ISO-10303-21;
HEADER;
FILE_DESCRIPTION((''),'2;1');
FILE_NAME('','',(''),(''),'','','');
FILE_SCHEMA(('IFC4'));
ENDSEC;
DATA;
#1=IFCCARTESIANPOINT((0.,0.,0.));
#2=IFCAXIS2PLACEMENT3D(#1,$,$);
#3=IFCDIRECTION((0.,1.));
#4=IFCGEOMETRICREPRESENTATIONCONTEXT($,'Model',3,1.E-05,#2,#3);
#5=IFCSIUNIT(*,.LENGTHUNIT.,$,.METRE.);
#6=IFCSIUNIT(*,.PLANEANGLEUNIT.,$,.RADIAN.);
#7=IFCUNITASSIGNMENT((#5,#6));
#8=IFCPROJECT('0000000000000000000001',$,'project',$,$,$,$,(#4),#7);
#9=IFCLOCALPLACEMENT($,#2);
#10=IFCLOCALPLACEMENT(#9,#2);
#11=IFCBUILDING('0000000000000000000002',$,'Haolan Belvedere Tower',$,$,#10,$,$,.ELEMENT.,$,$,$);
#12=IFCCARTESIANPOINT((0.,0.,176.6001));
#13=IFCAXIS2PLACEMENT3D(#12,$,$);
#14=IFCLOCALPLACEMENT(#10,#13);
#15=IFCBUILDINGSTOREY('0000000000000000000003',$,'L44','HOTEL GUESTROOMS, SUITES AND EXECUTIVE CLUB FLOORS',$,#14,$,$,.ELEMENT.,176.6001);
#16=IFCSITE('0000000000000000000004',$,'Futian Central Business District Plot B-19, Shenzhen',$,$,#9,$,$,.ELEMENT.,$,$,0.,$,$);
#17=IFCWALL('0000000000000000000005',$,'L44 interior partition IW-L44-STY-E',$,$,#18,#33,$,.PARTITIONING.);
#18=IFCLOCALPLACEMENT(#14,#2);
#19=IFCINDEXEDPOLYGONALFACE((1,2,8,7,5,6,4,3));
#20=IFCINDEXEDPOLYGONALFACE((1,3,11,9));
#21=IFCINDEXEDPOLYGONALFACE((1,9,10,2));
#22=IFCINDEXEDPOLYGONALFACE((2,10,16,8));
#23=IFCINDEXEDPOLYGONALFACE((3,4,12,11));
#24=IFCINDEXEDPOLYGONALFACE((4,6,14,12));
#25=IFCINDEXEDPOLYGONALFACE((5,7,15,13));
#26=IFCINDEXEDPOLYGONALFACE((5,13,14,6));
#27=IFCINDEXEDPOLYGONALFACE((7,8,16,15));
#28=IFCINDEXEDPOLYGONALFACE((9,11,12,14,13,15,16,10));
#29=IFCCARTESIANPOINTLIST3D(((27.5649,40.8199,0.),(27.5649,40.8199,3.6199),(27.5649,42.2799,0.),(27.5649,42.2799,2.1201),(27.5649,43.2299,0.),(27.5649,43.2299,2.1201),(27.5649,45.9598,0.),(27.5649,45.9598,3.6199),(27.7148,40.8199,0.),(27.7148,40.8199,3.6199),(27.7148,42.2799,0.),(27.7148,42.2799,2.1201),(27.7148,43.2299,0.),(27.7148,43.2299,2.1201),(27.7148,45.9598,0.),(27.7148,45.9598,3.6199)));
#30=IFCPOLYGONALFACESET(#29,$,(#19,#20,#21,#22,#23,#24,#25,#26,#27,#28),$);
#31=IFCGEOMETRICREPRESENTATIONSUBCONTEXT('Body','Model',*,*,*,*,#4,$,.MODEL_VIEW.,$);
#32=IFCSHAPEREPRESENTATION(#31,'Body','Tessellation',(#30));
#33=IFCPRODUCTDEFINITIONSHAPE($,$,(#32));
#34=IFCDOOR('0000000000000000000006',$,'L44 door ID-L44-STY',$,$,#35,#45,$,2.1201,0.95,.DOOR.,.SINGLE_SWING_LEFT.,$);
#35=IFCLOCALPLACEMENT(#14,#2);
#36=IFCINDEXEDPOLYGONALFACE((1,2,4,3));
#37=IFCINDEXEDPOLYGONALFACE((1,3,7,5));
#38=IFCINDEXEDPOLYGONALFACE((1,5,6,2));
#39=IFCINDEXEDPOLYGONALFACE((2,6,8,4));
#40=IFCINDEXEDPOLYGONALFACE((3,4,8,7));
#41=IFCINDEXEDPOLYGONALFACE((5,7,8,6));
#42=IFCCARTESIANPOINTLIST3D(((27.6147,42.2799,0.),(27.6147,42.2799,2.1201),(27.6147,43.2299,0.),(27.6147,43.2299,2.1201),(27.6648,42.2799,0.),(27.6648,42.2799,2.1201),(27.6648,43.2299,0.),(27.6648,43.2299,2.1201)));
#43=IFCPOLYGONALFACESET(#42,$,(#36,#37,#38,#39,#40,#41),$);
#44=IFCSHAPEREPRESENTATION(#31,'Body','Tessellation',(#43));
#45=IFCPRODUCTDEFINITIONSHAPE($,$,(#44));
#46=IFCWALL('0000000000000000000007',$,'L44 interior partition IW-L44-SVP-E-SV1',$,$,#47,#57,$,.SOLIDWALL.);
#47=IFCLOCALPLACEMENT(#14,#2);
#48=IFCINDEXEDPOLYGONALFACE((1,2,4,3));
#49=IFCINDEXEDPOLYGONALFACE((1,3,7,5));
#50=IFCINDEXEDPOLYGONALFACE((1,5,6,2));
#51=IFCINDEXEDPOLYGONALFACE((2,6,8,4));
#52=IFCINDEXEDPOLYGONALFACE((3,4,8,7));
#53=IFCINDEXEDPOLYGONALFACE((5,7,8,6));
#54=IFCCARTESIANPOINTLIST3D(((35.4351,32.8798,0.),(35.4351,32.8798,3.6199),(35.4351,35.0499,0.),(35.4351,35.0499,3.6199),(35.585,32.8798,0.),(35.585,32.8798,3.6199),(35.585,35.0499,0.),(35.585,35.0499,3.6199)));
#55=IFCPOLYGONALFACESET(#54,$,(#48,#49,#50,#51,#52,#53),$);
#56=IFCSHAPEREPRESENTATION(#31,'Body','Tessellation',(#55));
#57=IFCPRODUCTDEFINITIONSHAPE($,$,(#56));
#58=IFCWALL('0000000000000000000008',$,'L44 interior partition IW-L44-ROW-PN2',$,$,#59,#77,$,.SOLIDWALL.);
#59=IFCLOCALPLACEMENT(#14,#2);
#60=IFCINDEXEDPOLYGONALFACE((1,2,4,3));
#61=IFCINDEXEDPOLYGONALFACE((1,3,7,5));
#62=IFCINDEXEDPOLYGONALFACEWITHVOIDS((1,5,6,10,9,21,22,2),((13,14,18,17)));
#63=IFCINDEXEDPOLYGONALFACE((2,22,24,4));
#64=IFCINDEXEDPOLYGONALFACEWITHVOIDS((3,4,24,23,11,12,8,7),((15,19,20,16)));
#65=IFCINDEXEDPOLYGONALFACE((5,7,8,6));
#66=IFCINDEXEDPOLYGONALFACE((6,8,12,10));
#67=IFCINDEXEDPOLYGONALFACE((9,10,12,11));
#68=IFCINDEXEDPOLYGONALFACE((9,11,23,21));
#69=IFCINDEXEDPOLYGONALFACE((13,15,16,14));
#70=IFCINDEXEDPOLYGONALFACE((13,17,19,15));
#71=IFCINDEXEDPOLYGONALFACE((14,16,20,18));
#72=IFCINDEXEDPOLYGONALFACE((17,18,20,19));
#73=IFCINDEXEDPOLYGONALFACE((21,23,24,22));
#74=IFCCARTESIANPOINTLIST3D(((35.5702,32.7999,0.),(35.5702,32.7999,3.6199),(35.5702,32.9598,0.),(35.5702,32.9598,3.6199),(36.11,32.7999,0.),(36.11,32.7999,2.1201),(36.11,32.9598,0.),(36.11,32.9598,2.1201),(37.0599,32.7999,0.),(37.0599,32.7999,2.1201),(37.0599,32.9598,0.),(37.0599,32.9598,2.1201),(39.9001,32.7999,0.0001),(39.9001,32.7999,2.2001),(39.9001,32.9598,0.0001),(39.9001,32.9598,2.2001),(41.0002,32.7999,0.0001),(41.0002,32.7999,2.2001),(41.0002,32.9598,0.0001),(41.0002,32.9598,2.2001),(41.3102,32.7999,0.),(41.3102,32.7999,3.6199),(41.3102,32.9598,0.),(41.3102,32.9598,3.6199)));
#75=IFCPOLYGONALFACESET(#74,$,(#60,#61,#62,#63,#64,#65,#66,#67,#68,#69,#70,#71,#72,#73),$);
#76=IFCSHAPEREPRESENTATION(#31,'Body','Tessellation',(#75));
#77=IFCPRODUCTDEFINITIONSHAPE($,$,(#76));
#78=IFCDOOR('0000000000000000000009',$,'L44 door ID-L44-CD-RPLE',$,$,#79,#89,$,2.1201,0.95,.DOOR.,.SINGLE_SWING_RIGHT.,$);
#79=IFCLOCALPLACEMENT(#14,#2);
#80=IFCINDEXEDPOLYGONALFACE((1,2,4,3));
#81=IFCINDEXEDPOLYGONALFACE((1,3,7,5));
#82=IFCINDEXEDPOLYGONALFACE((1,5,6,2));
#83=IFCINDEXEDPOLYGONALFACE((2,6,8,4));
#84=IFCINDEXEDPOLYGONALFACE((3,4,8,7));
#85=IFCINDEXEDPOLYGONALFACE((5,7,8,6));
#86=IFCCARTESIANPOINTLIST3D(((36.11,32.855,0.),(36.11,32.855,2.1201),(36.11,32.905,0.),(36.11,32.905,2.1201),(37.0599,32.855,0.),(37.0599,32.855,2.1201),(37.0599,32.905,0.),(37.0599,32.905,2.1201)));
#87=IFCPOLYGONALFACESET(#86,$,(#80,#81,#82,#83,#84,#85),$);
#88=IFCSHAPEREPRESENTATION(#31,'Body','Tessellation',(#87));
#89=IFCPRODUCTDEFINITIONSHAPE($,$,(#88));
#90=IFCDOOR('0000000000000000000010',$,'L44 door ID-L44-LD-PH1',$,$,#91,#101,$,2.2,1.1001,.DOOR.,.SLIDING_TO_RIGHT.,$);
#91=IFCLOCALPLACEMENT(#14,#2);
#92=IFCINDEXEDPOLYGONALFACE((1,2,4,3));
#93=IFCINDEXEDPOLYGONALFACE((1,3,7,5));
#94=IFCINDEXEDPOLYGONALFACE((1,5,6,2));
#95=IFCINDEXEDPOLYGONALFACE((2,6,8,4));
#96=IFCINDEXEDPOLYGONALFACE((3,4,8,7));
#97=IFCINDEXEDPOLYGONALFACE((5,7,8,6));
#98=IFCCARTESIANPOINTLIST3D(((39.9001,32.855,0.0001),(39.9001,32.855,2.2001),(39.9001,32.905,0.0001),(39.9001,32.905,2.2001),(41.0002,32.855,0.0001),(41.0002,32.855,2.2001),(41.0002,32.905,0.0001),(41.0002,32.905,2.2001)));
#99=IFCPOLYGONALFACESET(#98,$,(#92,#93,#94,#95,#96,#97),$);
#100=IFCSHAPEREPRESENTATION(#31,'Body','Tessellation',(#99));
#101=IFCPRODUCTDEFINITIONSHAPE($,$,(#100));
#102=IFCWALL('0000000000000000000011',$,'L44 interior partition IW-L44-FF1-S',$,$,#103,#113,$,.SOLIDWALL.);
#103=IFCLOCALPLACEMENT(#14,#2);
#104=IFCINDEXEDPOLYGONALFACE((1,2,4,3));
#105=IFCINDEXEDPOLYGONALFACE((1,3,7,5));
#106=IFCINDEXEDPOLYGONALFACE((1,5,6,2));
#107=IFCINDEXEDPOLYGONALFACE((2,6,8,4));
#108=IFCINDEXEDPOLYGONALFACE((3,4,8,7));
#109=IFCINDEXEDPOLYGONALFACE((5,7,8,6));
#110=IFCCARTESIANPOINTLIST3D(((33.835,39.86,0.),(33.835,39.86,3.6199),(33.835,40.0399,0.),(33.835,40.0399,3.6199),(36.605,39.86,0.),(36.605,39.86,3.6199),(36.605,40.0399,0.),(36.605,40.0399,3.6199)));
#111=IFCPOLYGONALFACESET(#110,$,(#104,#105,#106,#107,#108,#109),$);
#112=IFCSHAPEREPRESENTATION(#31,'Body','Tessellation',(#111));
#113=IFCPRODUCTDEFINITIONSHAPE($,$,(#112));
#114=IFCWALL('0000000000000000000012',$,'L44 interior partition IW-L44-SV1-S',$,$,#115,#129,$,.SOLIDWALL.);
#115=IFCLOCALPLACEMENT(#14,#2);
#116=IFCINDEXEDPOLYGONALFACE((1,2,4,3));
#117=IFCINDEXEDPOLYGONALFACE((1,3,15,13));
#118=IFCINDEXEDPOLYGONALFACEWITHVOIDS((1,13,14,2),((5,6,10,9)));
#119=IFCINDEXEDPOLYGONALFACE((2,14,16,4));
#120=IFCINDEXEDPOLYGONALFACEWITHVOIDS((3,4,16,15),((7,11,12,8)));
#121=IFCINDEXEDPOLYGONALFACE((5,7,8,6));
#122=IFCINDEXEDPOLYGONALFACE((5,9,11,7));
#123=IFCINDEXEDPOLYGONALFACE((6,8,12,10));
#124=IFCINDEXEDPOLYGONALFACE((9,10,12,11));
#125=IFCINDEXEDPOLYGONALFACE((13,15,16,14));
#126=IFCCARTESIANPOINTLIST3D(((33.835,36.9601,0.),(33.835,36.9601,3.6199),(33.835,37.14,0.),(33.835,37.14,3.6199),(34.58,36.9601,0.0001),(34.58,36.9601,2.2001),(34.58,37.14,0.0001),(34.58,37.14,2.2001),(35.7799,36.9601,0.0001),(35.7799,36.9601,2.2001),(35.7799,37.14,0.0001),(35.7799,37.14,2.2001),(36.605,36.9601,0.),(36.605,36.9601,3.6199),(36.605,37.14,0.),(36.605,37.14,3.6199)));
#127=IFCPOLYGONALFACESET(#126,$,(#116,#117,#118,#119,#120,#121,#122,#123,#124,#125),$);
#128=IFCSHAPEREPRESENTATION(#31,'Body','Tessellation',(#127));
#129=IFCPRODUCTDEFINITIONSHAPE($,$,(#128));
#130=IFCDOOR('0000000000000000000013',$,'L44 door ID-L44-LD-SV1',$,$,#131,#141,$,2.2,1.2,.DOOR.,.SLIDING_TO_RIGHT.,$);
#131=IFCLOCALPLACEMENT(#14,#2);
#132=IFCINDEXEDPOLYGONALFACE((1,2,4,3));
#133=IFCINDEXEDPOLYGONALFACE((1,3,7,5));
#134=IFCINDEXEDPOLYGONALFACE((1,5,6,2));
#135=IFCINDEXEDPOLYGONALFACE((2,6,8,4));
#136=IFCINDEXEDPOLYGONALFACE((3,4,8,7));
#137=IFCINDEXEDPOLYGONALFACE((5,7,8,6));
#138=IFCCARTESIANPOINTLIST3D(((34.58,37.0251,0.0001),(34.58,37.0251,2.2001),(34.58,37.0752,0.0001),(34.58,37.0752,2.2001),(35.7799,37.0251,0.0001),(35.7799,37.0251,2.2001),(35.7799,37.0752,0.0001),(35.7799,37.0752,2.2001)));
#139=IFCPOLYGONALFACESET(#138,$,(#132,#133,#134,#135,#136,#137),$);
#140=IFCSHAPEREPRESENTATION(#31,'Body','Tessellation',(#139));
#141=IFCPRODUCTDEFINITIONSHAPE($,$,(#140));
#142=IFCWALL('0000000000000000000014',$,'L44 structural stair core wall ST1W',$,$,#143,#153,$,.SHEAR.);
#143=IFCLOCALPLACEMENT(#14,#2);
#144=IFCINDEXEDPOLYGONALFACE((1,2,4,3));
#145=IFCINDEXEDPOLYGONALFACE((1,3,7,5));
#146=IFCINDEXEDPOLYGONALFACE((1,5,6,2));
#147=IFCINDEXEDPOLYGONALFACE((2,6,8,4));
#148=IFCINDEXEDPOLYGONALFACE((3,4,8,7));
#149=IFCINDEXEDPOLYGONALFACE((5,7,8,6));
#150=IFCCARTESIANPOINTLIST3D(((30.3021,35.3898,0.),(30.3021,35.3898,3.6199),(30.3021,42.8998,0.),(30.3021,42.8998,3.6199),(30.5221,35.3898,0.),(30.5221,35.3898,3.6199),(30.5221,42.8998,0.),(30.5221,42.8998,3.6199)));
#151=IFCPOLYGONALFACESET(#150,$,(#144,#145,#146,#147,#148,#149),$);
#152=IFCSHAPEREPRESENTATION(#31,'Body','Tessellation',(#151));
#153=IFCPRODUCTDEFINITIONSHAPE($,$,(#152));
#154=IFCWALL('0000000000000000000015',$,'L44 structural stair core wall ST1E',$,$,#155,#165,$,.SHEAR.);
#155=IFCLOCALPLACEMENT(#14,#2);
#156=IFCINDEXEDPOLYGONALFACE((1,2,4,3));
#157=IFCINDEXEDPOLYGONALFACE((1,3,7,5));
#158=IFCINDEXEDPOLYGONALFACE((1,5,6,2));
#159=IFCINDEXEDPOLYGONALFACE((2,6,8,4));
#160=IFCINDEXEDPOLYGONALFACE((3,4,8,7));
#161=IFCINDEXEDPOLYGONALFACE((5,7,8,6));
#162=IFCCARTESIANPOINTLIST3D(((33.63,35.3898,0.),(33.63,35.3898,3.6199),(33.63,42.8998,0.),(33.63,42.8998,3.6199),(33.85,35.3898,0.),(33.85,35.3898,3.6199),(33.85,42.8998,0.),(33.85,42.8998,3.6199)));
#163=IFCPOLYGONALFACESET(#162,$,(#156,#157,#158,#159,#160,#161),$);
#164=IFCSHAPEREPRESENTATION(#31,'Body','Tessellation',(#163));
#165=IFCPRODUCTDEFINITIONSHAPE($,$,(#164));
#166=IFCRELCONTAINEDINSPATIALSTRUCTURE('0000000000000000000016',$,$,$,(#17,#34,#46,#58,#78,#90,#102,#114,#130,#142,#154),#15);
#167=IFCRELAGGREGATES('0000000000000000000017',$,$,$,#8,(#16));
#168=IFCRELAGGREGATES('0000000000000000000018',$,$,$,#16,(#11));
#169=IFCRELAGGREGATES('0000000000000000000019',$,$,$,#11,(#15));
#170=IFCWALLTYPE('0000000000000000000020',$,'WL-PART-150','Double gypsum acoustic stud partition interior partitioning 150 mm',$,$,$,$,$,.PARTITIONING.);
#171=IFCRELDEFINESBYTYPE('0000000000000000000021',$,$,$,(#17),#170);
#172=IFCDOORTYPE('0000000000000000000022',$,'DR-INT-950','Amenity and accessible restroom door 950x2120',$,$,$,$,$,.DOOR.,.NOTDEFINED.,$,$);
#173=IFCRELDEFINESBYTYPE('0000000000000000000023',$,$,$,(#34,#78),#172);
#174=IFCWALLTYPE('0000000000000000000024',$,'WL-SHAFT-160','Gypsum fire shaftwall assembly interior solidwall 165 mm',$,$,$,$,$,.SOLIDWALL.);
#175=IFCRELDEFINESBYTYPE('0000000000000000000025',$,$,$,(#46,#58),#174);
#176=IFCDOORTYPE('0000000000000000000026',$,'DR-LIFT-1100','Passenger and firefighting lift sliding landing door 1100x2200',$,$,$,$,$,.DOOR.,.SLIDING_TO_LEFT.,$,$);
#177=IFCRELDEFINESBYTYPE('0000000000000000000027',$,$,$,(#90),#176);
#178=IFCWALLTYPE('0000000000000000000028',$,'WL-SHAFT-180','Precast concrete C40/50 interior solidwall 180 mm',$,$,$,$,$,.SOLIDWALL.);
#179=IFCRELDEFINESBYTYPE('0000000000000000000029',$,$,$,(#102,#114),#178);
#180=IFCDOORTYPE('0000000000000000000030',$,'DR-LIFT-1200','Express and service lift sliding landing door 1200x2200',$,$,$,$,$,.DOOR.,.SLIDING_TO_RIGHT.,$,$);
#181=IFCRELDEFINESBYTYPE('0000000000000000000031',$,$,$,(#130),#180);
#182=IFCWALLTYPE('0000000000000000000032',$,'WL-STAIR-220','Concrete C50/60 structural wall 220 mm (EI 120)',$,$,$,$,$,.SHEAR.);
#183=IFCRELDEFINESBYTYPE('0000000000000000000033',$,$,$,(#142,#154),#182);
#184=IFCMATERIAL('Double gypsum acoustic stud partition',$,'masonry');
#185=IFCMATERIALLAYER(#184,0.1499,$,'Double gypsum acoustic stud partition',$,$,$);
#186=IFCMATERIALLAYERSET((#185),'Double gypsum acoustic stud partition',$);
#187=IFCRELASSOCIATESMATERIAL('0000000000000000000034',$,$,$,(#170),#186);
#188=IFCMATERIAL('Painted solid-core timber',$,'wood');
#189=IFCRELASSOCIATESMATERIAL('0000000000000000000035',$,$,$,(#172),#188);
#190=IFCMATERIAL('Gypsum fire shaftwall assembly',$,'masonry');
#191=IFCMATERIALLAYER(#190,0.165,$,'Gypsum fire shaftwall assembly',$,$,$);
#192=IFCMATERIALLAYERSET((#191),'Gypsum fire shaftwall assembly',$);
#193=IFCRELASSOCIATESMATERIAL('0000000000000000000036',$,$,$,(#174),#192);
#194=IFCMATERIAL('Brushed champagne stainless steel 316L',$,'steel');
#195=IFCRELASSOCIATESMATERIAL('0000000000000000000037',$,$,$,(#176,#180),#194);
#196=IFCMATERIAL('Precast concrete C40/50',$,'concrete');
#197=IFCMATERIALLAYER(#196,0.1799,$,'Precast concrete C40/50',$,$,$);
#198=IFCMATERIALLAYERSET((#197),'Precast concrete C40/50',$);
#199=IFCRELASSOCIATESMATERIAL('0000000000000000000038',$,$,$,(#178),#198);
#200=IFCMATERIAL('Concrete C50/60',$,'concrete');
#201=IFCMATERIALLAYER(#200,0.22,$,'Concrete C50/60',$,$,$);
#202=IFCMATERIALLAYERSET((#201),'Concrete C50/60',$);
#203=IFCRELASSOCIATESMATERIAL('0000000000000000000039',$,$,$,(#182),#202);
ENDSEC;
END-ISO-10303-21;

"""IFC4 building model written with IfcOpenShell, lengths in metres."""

from ifc_helpers import new_model, si_unit, direction, frame, frame_2d, origin, place, context, subcontext, project, spatial, rectangle, extrude, material, layer, layer_set, type_object, element, fill, save


model = new_model("IFC4")

# Units and contexts
model_context = context("Model", 3, precision=1e-05, world=origin(), true_north=direction((0.0, 1.0)))
body_context = subcontext(model_context, "Body", "Model", "MODEL_VIEW")
ifc_project = project(units=[si_unit("LENGTHUNIT", "METRE"), si_unit("PLANEANGLEUNIT", "RADIAN")], contexts=[model_context])

# Site, building, storey
site_placement = place(None, origin())
site = spatial("IfcSite", under=ifc_project, at=site_placement, Name="Futian Central Business District Plot B-19, Shenzhen", CompositionType="ELEMENT", RefElevation=0.0)
building_placement = place(site_placement, origin())
building = spatial("IfcBuilding", under=site, at=building_placement, Name="Haolan Belvedere Tower", CompositionType="ELEMENT")
storey_placement = place(building_placement, frame((0.0, 0.0, 176.6001)))
storey = spatial("IfcBuildingStorey", under=building, at=storey_placement, Name="L44", Description="HOTEL GUESTROOMS, SUITES AND EXECUTIVE CLUB FLOORS", CompositionType="ELEMENT", Elevation=176.6001)

# Wall, opening, door
ifc_material_1 = material(Name="Double gypsum acoustic stud partition", Category="masonry")
ifc_layer_1 = layer(ifc_material_1, 0.1499, Name="Double gypsum acoustic stud partition")
ifc_layer_set_1 = layer_set([ifc_layer_1], Name="Double gypsum acoustic stud partition")
wall_type_1 = type_object("IfcWallType", Name="WL-PART-150", Description="Double gypsum acoustic stud partition interior partitioning 150 mm", PredefinedType="PARTITIONING", material=ifc_layer_set_1)
ifc_material_2 = material(Name="Painted solid-core timber", Category="wood")
door_type_1 = type_object("IfcDoorType", Name="DR-INT-950", Description="Amenity and accessible restroom door 950x2120", OperationType="NOTDEFINED", PredefinedType="DOOR", material=ifc_material_2)
wall_1_placement = place(storey_placement, frame((27.6399, 40.8201, 0.0), z_axis=(0.0, 0.0, 1.0), x_axis=(0.0, 1.0, 0.0)))
wall_1 = element("IfcWall", 1, at=wall_1_placement, inside=storey, type_object=wall_type_1, Name="L44 interior partition IW-L44-STY-E", PredefinedType="PARTITIONING", context=body_context, shape_type="SweptSolid", body=[
    extrude(rectangle(XDim=5.1399, YDim=0.1499, at=frame_2d((2.5698, 0.0))), origin(), (0.0, 0.0, 1.0), 3.6199),
])
opening_1_placement = place(wall_1_placement, frame((2.4099, 0.0, 0.0), z_axis=(0.0, 0.0, 1.0), x_axis=(-1.0, 0.0, 0.0)))
opening_1 = element("IfcOpeningElement", 2, at=opening_1_placement, cuts=wall_1, PredefinedType="OPENING", context=body_context, shape_type="SweptSolid", body=[
    extrude(rectangle(XDim=0.95, YDim=2.1201, at=frame_2d((0.4751, 1.0601))), frame((0.0, 0.085, 0.0), z_axis=(0.0, -1.0, 0.0), x_axis=(1.0, 0.0, 0.0)), (0.0, 0.0, 1.0), 0.1699),
])
door_1_placement = place(opening_1_placement, origin())
door_1 = element("IfcDoor", 3, at=door_1_placement, inside=storey, type_object=door_type_1, Name="L44 door ID-L44-STY", OperationType="SINGLE_SWING_LEFT", OverallHeight=2.1201, OverallWidth=0.95, PredefinedType="DOOR", context=body_context, shape_type="SweptSolid", body=[
    extrude(rectangle(XDim=0.95, YDim=2.1201, at=frame_2d((0.4751, 1.0601))), frame((0.0, 0.0249, 0.0), z_axis=(0.0, -1.0, 0.0), x_axis=(1.0, 0.0, 0.0)), (0.0, 0.0, 1.0), 0.05),
])
fill(opening_1, door_1)

# Wall
ifc_material_3 = material(Name="Gypsum fire shaftwall assembly", Category="masonry")
ifc_layer_2 = layer(ifc_material_3, 0.165, Name="Gypsum fire shaftwall assembly")
ifc_layer_set_2 = layer_set([ifc_layer_2], Name="Gypsum fire shaftwall assembly")
wall_type_2 = type_object("IfcWallType", Name="WL-SHAFT-160", Description="Gypsum fire shaftwall assembly interior solidwall 165 mm", PredefinedType="SOLIDWALL", material=ifc_layer_set_2)
wall_2_placement = place(storey_placement, frame((35.51, 32.8799, 0.0), z_axis=(0.0, 0.0, 1.0), x_axis=(0.0, 1.0, 0.0)))
element("IfcWall", 4, at=wall_2_placement, inside=storey, type_object=wall_type_2, Name="L44 interior partition IW-L44-SVP-E-SV1", PredefinedType="SOLIDWALL", context=body_context, shape_type="SweptSolid", body=[
    extrude(rectangle(XDim=2.1702, YDim=0.1499, at=frame_2d((1.085, 0.0))), origin(), (0.0, 0.0, 1.0), 3.6199),
])

# Wall, openings, doors
wall_3_placement = place(storey_placement, frame((35.5701, 32.8799, 0.0), z_axis=(0.0, 0.0, 1.0), x_axis=(1.0, 0.0, 0.0)))
wall_3 = element("IfcWall", 5, at=wall_3_placement, inside=storey, type_object=wall_type_2, Name="L44 interior partition IW-L44-ROW-PN2", PredefinedType="SOLIDWALL", context=body_context, shape_type="SweptSolid", body=[
    extrude(rectangle(XDim=5.74, YDim=0.1599, at=frame_2d((2.8701, 0.0))), origin(), (0.0, 0.0, 1.0), 3.6199),
])
opening_2_placement = place(wall_3_placement, frame((1.49, 0.0, 0.0), z_axis=(0.0, 0.0, 1.0), x_axis=(-1.0, 0.0, 0.0)))
opening_2 = element("IfcOpeningElement", 6, at=opening_2_placement, cuts=wall_3, PredefinedType="OPENING", context=body_context, shape_type="SweptSolid", body=[
    extrude(rectangle(XDim=0.95, YDim=2.1201, at=frame_2d((0.4751, 1.0601))), frame((0.0, 0.0898, 0.0), z_axis=(0.0, -1.0, 0.0), x_axis=(1.0, 0.0, 0.0)), (0.0, 0.0, 1.0), 0.1799),
])
opening_3_placement = place(wall_3_placement, frame((5.4302, 0.0, 0.0), z_axis=(0.0, 0.0, 1.0), x_axis=(-1.0, 0.0, 0.0)))
opening_3 = element("IfcOpeningElement", 7, at=opening_3_placement, cuts=wall_3, PredefinedType="OPENING", context=body_context, shape_type="SweptSolid", body=[
    extrude(rectangle(XDim=1.1001, YDim=2.2, at=frame_2d((0.55, 1.1001))), frame((0.0, 0.0898, 0.0), z_axis=(0.0, -1.0, 0.0), x_axis=(1.0, 0.0, 0.0)), (0.0, 0.0, 1.0), 0.1799),
])
door_2_placement = place(opening_2_placement, origin())
door_2 = element("IfcDoor", 8, at=door_2_placement, inside=storey, type_object=door_type_1, Name="L44 door ID-L44-CD-RPLE", OperationType="SINGLE_SWING_RIGHT", OverallHeight=2.1201, OverallWidth=0.95, PredefinedType="DOOR", context=body_context, shape_type="SweptSolid", body=[
    extrude(rectangle(XDim=0.95, YDim=2.1201, at=frame_2d((0.4751, 1.0601))), frame((0.0, 0.0249, 0.0), z_axis=(0.0, -1.0, 0.0), x_axis=(1.0, 0.0, 0.0)), (0.0, 0.0, 1.0), 0.05),
])
fill(opening_2, door_2)
ifc_material_4 = material(Name="Brushed champagne stainless steel 316L", Category="steel")
door_type_2 = type_object("IfcDoorType", Name="DR-LIFT-1100", Description="Passenger and firefighting lift sliding landing door 1100x2200", OperationType="SLIDING_TO_LEFT", PredefinedType="DOOR", material=ifc_material_4)
door_3_placement = place(opening_3_placement, origin())
door_3 = element("IfcDoor", 9, at=door_3_placement, inside=storey, type_object=door_type_2, Name="L44 door ID-L44-LD-PH1", OperationType="SLIDING_TO_RIGHT", OverallHeight=2.2, OverallWidth=1.1001, PredefinedType="DOOR", context=body_context, shape_type="SweptSolid", body=[
    extrude(rectangle(XDim=1.1001, YDim=2.2, at=frame_2d((0.55, 1.1001))), frame((0.0, 0.0249, 0.0), z_axis=(0.0, -1.0, 0.0), x_axis=(1.0, 0.0, 0.0)), (0.0, 0.0, 1.0), 0.05),
])
fill(opening_3, door_3)

# Wall
ifc_material_5 = material(Name="Precast concrete C40/50", Category="concrete")
ifc_layer_3 = layer(ifc_material_5, 0.1799, Name="Precast concrete C40/50")
ifc_layer_set_3 = layer_set([ifc_layer_3], Name="Precast concrete C40/50")
wall_type_3 = type_object("IfcWallType", Name="WL-SHAFT-180", Description="Precast concrete C40/50 interior solidwall 180 mm", PredefinedType="SOLIDWALL", material=ifc_layer_set_3)
wall_4_placement = place(storey_placement, frame((33.835, 39.95, 0.0), z_axis=(0.0, 0.0, 1.0), x_axis=(1.0, 0.0, 0.0)))
element("IfcWall", 10, at=wall_4_placement, inside=storey, type_object=wall_type_3, Name="L44 interior partition IW-L44-FF1-S", PredefinedType="SOLIDWALL", context=body_context, shape_type="SweptSolid", body=[
    extrude(rectangle(XDim=2.77, YDim=0.1799, at=frame_2d((1.385, 0.0))), origin(), (0.0, 0.0, 1.0), 3.6199),
])

# Wall, opening, door
wall_5_placement = place(storey_placement, frame((33.835, 37.05, 0.0), z_axis=(0.0, 0.0, 1.0), x_axis=(1.0, 0.0, 0.0)))
wall_5 = element("IfcWall", 11, at=wall_5_placement, inside=storey, type_object=wall_type_3, Name="L44 interior partition IW-L44-SV1-S", PredefinedType="SOLIDWALL", context=body_context, shape_type="SweptSolid", body=[
    extrude(rectangle(XDim=2.77, YDim=0.1799, at=frame_2d((1.385, 0.0))), origin(), (0.0, 0.0, 1.0), 3.6199),
])
opening_4_placement = place(wall_5_placement, frame((1.9451, 0.0, 0.0), z_axis=(0.0, 0.0, 1.0), x_axis=(-1.0, 0.0, 0.0)))
opening_4 = element("IfcOpeningElement", 12, at=opening_4_placement, cuts=wall_5, PredefinedType="OPENING", context=body_context, shape_type="SweptSolid", body=[
    extrude(rectangle(XDim=1.2, YDim=2.2, at=frame_2d((0.6001, 1.1001))), frame((0.0, 0.0999, 0.0), z_axis=(0.0, -1.0, 0.0), x_axis=(1.0, 0.0, 0.0)), (0.0, 0.0, 1.0), 0.2),
])
door_type_3 = type_object("IfcDoorType", Name="DR-LIFT-1200", Description="Express and service lift sliding landing door 1200x2200", OperationType="SLIDING_TO_RIGHT", PredefinedType="DOOR", material=ifc_material_4)
door_4_placement = place(opening_4_placement, origin())
door_4 = element("IfcDoor", 13, at=door_4_placement, inside=storey, type_object=door_type_3, Name="L44 door ID-L44-LD-SV1", OperationType="SLIDING_TO_RIGHT", OverallHeight=2.2, OverallWidth=1.2, PredefinedType="DOOR", context=body_context, shape_type="SweptSolid", body=[
    extrude(rectangle(XDim=1.2, YDim=2.2, at=frame_2d((0.6001, 1.1001))), frame((0.0, 0.0249, 0.0), z_axis=(0.0, -1.0, 0.0), x_axis=(1.0, 0.0, 0.0)), (0.0, 0.0, 1.0), 0.05),
])
fill(opening_4, door_4)

# Walls
ifc_material_6 = material(Name="Concrete C50/60", Category="concrete")
ifc_layer_4 = layer(ifc_material_6, 0.22, Name="Concrete C50/60")
ifc_layer_set_4 = layer_set([ifc_layer_4], Name="Concrete C50/60")
wall_type_4 = type_object("IfcWallType", Name="WL-STAIR-220", Description="Concrete C50/60 structural wall 220 mm (EI 120)", PredefinedType="SHEAR", material=ifc_layer_set_4)
for number, where, z_axis, x_axis, name in (
    (14, (30.4121, 35.3899, 0.0), (0.0, 0.0, 1.0), (0.0, 1.0, 0.0), "L44 structural stair core wall ST1W"),
    (15, (33.74, 35.3899, 0.0), (0.0, 0.0, 1.0), (0.0, 1.0, 0.0), "L44 structural stair core wall ST1E"),
):
    element("IfcWall", number, at=place(storey_placement, frame(where, z_axis=z_axis, x_axis=x_axis)), inside=storey, type_object=wall_type_4, Name=name, PredefinedType="SHEAR", context=body_context, shape_type="SweptSolid", body=[
        extrude(rectangle(XDim=7.51, YDim=0.22, at=frame_2d((3.7549, 0.0))), origin(), (0.0, 0.0, 1.0), 3.6199),
    ])

save(model, "model.ifc")
